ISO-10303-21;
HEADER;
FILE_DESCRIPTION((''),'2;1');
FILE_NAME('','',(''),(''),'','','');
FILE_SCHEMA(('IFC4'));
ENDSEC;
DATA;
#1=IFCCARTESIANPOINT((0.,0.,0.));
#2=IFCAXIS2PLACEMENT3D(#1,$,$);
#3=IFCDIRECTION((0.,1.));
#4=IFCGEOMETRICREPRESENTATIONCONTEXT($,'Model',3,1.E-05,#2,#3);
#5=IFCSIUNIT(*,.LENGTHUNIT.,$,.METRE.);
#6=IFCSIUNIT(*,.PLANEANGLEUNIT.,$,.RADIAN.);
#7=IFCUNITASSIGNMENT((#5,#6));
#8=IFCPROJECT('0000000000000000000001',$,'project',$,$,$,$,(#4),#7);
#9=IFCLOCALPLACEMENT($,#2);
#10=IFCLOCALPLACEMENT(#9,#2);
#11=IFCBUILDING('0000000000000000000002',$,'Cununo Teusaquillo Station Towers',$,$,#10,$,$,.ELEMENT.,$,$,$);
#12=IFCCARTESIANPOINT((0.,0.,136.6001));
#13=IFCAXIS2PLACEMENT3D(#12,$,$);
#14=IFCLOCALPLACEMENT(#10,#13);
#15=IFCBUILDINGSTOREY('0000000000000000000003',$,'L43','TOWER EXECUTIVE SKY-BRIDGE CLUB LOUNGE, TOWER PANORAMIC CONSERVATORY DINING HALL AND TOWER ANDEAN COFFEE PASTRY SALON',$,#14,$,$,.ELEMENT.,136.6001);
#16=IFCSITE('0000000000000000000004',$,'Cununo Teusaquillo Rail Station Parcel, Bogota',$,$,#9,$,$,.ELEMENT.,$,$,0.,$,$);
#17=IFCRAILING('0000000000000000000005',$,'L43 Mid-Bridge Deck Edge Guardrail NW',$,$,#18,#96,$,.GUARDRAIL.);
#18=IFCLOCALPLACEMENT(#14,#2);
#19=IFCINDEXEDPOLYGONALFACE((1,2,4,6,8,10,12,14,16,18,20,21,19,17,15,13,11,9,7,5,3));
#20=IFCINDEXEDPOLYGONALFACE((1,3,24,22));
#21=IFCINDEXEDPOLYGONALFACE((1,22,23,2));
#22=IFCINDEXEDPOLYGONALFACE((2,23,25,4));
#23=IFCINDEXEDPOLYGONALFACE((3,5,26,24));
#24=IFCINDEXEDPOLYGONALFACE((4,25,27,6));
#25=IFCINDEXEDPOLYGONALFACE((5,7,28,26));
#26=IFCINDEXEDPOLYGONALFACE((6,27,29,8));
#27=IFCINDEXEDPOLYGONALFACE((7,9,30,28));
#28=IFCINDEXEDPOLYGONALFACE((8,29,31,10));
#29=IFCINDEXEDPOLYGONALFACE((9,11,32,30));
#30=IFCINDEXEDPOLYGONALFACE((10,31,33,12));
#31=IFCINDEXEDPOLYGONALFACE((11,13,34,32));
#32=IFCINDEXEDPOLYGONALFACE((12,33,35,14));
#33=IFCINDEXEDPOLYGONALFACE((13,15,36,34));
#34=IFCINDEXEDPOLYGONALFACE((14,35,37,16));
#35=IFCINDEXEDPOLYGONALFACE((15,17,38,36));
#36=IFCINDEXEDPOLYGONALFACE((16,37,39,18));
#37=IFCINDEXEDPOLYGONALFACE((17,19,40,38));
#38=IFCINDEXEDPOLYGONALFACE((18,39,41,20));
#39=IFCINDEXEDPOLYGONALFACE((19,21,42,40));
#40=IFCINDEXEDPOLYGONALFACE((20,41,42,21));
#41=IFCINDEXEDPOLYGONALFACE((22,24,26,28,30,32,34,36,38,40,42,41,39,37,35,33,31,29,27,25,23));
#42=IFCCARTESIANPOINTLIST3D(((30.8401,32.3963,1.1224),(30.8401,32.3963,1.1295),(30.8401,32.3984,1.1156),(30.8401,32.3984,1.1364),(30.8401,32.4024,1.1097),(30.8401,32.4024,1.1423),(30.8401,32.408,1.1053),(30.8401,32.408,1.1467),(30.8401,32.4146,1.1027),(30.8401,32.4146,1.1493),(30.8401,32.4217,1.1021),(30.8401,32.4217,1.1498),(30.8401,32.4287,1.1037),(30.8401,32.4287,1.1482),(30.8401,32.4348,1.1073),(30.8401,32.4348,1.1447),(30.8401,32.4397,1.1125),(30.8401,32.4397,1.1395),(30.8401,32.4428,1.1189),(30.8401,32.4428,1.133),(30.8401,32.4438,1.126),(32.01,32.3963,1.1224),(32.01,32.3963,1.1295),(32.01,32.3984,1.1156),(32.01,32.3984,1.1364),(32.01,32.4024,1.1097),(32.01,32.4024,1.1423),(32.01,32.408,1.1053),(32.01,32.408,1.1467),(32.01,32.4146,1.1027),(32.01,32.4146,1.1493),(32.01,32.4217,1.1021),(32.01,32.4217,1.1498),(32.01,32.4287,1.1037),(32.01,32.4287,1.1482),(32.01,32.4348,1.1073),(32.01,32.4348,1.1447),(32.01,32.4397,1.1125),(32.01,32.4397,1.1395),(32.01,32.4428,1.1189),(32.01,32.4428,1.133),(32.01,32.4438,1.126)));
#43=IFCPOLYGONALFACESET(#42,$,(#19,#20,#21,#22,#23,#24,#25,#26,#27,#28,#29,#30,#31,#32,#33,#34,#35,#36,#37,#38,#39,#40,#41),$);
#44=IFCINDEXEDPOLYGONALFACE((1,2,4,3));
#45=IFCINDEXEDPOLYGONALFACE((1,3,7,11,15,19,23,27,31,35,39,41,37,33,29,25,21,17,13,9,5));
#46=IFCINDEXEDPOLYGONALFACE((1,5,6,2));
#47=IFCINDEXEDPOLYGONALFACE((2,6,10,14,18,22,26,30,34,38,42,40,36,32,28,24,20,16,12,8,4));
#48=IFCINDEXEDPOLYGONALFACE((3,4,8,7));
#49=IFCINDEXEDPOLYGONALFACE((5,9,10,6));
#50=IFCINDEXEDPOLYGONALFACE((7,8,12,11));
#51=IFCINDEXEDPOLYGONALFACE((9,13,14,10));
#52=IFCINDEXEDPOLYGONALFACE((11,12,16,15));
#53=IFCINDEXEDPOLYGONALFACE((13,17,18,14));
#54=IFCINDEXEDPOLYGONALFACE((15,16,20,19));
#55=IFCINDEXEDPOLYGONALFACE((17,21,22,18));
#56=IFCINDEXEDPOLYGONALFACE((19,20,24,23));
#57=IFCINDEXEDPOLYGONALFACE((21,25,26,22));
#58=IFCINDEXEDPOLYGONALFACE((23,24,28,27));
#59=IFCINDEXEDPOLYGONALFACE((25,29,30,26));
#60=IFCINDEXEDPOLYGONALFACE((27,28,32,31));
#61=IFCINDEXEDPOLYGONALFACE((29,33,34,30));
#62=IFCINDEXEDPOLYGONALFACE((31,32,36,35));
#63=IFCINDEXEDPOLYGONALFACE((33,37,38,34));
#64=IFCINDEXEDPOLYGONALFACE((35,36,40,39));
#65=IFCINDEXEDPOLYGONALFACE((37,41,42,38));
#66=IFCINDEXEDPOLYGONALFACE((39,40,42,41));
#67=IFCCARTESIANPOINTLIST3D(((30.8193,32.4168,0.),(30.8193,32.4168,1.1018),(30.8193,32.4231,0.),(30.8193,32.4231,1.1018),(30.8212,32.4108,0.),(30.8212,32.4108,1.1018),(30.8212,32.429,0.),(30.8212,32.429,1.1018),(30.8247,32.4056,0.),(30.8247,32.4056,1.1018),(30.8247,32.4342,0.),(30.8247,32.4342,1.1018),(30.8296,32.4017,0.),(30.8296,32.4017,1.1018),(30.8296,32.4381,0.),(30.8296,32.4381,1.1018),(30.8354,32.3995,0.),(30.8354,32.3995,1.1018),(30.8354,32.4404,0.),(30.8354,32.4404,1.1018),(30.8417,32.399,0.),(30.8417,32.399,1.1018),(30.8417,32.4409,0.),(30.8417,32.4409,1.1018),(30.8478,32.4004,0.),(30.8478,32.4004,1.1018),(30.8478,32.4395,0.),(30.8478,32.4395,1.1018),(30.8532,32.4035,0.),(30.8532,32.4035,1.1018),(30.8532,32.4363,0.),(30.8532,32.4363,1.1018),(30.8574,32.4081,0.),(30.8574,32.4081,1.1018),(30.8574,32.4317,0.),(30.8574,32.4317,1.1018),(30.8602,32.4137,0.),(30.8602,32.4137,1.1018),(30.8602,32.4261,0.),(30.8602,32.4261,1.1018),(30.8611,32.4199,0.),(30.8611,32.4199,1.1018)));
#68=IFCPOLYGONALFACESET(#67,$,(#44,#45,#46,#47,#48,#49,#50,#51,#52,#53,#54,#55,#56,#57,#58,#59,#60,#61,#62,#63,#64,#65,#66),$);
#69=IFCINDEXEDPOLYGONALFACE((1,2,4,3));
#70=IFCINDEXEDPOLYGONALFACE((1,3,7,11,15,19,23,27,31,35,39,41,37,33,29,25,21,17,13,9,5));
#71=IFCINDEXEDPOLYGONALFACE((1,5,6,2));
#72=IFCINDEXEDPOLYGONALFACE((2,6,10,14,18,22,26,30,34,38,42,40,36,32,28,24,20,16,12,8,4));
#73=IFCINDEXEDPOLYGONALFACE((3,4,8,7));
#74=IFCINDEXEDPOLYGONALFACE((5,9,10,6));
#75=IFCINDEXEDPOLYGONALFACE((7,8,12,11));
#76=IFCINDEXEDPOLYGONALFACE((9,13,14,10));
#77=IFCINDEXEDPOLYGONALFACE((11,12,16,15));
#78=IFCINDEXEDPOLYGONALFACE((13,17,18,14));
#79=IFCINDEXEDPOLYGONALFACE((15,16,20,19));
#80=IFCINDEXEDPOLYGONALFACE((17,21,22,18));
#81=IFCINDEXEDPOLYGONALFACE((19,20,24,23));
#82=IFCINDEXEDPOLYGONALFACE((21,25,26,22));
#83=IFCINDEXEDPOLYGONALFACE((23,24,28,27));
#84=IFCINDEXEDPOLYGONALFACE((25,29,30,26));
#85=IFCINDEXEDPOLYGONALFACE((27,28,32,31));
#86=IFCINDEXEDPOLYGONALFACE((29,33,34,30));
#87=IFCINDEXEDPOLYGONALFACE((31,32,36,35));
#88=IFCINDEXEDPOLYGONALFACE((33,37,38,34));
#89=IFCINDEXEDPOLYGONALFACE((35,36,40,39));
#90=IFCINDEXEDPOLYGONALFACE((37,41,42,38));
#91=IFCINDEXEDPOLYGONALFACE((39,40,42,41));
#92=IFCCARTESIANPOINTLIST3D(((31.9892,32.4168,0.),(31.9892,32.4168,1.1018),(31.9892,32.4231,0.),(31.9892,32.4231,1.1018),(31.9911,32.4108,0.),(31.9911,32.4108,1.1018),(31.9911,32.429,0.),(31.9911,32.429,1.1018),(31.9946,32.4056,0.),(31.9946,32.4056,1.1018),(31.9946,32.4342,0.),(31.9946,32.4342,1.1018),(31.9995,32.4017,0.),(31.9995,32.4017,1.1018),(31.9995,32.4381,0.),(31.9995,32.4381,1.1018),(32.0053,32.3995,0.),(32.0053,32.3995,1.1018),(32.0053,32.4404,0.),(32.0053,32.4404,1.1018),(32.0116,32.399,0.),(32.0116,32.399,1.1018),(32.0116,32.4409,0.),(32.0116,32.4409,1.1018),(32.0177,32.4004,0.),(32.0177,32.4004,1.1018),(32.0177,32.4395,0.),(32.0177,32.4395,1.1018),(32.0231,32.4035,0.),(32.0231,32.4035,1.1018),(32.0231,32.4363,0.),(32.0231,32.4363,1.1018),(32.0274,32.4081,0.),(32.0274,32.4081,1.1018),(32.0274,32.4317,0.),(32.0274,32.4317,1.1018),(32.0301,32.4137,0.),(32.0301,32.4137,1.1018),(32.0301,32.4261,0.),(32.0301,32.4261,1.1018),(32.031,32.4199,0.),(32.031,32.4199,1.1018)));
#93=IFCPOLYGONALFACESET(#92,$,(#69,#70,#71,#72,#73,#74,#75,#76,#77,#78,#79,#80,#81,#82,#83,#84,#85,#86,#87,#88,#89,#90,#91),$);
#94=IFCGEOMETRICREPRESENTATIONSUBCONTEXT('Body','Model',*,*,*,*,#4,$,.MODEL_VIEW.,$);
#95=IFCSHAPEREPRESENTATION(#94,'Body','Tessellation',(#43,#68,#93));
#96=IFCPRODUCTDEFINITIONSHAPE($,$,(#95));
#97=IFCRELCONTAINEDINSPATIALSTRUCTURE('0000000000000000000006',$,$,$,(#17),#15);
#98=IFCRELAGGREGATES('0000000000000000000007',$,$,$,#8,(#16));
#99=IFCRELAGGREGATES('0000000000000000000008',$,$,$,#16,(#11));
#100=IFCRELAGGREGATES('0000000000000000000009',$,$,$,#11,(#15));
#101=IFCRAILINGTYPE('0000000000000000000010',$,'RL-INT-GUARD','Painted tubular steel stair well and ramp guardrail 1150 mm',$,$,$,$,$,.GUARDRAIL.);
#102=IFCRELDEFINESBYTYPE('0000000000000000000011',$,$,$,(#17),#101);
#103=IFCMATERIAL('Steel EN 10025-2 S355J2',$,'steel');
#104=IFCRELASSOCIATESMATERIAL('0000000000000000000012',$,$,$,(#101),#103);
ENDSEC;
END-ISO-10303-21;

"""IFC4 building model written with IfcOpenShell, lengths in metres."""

from ifc_helpers import new_model, si_unit, direction, frame, origin, origin_2d, place, context, subcontext, project, spatial, circle, extrude, material, type_object, element, save


model = new_model("IFC4")

# Units and contexts
model_context = context("Model", 3, precision=1e-05, world=origin(), true_north=direction((0.0, 1.0)))
body_context = subcontext(model_context, "Body", "Model", "MODEL_VIEW")
ifc_project = project(units=[si_unit("LENGTHUNIT", "METRE"), si_unit("PLANEANGLEUNIT", "RADIAN")], contexts=[model_context])

# Site, building, storey
site_placement = place(None, origin())
site = spatial("IfcSite", under=ifc_project, at=site_placement, Name="Cununo Teusaquillo Rail Station Parcel, Bogota", CompositionType="ELEMENT", RefElevation=0.0)
building_placement = place(site_placement, origin())
building = spatial("IfcBuilding", under=site, at=building_placement, Name="Cununo Teusaquillo Station Towers", CompositionType="ELEMENT")
storey_placement = place(building_placement, frame((0.0, 0.0, 136.6001)))
storey = spatial("IfcBuildingStorey", under=building, at=storey_placement, Name="L43", Description="TOWER EXECUTIVE SKY-BRIDGE CLUB LOUNGE, TOWER PANORAMIC CONSERVATORY DINING HALL AND TOWER ANDEAN COFFEE PASTRY SALON", CompositionType="ELEMENT", Elevation=136.6001)

# Railing
ifc_material_1 = material(Name="Steel EN 10025-2 S355J2", Category="steel")
railing_type = type_object("IfcRailingType", Name="RL-INT-GUARD", Description="Painted tubular steel stair well and ramp guardrail 1150 mm", PredefinedType="GUARDRAIL", material=ifc_material_1)
railing_placement = place(storey_placement, frame((30.8401, 32.4199, 0.0)))
element("IfcRailing", 1, at=railing_placement, inside=storey, type_object=railing_type, Name="L43 Mid-Bridge Deck Edge Guardrail NW", PredefinedType="GUARDRAIL", context=body_context, shape_type="SweptSolid", body=[
    extrude(circle(Radius=0.0239, at=origin_2d()), frame((0.0, 0.0, 1.126), z_axis=(1.0, 0.0, 0.0), x_axis=(0.0, 1.0, 0.0)), (0.0, 0.0, 1.0), 1.1699),
    extrude(circle(Radius=0.021, at=origin_2d()), origin(), (0.0, 0.0, 1.0), 1.1018),
    extrude(circle(Radius=0.021, at=origin_2d()), frame((1.1699, 0.0, 0.0)), (0.0, 0.0, 1.0), 1.1018),
])

save(model, "model.ifc")
